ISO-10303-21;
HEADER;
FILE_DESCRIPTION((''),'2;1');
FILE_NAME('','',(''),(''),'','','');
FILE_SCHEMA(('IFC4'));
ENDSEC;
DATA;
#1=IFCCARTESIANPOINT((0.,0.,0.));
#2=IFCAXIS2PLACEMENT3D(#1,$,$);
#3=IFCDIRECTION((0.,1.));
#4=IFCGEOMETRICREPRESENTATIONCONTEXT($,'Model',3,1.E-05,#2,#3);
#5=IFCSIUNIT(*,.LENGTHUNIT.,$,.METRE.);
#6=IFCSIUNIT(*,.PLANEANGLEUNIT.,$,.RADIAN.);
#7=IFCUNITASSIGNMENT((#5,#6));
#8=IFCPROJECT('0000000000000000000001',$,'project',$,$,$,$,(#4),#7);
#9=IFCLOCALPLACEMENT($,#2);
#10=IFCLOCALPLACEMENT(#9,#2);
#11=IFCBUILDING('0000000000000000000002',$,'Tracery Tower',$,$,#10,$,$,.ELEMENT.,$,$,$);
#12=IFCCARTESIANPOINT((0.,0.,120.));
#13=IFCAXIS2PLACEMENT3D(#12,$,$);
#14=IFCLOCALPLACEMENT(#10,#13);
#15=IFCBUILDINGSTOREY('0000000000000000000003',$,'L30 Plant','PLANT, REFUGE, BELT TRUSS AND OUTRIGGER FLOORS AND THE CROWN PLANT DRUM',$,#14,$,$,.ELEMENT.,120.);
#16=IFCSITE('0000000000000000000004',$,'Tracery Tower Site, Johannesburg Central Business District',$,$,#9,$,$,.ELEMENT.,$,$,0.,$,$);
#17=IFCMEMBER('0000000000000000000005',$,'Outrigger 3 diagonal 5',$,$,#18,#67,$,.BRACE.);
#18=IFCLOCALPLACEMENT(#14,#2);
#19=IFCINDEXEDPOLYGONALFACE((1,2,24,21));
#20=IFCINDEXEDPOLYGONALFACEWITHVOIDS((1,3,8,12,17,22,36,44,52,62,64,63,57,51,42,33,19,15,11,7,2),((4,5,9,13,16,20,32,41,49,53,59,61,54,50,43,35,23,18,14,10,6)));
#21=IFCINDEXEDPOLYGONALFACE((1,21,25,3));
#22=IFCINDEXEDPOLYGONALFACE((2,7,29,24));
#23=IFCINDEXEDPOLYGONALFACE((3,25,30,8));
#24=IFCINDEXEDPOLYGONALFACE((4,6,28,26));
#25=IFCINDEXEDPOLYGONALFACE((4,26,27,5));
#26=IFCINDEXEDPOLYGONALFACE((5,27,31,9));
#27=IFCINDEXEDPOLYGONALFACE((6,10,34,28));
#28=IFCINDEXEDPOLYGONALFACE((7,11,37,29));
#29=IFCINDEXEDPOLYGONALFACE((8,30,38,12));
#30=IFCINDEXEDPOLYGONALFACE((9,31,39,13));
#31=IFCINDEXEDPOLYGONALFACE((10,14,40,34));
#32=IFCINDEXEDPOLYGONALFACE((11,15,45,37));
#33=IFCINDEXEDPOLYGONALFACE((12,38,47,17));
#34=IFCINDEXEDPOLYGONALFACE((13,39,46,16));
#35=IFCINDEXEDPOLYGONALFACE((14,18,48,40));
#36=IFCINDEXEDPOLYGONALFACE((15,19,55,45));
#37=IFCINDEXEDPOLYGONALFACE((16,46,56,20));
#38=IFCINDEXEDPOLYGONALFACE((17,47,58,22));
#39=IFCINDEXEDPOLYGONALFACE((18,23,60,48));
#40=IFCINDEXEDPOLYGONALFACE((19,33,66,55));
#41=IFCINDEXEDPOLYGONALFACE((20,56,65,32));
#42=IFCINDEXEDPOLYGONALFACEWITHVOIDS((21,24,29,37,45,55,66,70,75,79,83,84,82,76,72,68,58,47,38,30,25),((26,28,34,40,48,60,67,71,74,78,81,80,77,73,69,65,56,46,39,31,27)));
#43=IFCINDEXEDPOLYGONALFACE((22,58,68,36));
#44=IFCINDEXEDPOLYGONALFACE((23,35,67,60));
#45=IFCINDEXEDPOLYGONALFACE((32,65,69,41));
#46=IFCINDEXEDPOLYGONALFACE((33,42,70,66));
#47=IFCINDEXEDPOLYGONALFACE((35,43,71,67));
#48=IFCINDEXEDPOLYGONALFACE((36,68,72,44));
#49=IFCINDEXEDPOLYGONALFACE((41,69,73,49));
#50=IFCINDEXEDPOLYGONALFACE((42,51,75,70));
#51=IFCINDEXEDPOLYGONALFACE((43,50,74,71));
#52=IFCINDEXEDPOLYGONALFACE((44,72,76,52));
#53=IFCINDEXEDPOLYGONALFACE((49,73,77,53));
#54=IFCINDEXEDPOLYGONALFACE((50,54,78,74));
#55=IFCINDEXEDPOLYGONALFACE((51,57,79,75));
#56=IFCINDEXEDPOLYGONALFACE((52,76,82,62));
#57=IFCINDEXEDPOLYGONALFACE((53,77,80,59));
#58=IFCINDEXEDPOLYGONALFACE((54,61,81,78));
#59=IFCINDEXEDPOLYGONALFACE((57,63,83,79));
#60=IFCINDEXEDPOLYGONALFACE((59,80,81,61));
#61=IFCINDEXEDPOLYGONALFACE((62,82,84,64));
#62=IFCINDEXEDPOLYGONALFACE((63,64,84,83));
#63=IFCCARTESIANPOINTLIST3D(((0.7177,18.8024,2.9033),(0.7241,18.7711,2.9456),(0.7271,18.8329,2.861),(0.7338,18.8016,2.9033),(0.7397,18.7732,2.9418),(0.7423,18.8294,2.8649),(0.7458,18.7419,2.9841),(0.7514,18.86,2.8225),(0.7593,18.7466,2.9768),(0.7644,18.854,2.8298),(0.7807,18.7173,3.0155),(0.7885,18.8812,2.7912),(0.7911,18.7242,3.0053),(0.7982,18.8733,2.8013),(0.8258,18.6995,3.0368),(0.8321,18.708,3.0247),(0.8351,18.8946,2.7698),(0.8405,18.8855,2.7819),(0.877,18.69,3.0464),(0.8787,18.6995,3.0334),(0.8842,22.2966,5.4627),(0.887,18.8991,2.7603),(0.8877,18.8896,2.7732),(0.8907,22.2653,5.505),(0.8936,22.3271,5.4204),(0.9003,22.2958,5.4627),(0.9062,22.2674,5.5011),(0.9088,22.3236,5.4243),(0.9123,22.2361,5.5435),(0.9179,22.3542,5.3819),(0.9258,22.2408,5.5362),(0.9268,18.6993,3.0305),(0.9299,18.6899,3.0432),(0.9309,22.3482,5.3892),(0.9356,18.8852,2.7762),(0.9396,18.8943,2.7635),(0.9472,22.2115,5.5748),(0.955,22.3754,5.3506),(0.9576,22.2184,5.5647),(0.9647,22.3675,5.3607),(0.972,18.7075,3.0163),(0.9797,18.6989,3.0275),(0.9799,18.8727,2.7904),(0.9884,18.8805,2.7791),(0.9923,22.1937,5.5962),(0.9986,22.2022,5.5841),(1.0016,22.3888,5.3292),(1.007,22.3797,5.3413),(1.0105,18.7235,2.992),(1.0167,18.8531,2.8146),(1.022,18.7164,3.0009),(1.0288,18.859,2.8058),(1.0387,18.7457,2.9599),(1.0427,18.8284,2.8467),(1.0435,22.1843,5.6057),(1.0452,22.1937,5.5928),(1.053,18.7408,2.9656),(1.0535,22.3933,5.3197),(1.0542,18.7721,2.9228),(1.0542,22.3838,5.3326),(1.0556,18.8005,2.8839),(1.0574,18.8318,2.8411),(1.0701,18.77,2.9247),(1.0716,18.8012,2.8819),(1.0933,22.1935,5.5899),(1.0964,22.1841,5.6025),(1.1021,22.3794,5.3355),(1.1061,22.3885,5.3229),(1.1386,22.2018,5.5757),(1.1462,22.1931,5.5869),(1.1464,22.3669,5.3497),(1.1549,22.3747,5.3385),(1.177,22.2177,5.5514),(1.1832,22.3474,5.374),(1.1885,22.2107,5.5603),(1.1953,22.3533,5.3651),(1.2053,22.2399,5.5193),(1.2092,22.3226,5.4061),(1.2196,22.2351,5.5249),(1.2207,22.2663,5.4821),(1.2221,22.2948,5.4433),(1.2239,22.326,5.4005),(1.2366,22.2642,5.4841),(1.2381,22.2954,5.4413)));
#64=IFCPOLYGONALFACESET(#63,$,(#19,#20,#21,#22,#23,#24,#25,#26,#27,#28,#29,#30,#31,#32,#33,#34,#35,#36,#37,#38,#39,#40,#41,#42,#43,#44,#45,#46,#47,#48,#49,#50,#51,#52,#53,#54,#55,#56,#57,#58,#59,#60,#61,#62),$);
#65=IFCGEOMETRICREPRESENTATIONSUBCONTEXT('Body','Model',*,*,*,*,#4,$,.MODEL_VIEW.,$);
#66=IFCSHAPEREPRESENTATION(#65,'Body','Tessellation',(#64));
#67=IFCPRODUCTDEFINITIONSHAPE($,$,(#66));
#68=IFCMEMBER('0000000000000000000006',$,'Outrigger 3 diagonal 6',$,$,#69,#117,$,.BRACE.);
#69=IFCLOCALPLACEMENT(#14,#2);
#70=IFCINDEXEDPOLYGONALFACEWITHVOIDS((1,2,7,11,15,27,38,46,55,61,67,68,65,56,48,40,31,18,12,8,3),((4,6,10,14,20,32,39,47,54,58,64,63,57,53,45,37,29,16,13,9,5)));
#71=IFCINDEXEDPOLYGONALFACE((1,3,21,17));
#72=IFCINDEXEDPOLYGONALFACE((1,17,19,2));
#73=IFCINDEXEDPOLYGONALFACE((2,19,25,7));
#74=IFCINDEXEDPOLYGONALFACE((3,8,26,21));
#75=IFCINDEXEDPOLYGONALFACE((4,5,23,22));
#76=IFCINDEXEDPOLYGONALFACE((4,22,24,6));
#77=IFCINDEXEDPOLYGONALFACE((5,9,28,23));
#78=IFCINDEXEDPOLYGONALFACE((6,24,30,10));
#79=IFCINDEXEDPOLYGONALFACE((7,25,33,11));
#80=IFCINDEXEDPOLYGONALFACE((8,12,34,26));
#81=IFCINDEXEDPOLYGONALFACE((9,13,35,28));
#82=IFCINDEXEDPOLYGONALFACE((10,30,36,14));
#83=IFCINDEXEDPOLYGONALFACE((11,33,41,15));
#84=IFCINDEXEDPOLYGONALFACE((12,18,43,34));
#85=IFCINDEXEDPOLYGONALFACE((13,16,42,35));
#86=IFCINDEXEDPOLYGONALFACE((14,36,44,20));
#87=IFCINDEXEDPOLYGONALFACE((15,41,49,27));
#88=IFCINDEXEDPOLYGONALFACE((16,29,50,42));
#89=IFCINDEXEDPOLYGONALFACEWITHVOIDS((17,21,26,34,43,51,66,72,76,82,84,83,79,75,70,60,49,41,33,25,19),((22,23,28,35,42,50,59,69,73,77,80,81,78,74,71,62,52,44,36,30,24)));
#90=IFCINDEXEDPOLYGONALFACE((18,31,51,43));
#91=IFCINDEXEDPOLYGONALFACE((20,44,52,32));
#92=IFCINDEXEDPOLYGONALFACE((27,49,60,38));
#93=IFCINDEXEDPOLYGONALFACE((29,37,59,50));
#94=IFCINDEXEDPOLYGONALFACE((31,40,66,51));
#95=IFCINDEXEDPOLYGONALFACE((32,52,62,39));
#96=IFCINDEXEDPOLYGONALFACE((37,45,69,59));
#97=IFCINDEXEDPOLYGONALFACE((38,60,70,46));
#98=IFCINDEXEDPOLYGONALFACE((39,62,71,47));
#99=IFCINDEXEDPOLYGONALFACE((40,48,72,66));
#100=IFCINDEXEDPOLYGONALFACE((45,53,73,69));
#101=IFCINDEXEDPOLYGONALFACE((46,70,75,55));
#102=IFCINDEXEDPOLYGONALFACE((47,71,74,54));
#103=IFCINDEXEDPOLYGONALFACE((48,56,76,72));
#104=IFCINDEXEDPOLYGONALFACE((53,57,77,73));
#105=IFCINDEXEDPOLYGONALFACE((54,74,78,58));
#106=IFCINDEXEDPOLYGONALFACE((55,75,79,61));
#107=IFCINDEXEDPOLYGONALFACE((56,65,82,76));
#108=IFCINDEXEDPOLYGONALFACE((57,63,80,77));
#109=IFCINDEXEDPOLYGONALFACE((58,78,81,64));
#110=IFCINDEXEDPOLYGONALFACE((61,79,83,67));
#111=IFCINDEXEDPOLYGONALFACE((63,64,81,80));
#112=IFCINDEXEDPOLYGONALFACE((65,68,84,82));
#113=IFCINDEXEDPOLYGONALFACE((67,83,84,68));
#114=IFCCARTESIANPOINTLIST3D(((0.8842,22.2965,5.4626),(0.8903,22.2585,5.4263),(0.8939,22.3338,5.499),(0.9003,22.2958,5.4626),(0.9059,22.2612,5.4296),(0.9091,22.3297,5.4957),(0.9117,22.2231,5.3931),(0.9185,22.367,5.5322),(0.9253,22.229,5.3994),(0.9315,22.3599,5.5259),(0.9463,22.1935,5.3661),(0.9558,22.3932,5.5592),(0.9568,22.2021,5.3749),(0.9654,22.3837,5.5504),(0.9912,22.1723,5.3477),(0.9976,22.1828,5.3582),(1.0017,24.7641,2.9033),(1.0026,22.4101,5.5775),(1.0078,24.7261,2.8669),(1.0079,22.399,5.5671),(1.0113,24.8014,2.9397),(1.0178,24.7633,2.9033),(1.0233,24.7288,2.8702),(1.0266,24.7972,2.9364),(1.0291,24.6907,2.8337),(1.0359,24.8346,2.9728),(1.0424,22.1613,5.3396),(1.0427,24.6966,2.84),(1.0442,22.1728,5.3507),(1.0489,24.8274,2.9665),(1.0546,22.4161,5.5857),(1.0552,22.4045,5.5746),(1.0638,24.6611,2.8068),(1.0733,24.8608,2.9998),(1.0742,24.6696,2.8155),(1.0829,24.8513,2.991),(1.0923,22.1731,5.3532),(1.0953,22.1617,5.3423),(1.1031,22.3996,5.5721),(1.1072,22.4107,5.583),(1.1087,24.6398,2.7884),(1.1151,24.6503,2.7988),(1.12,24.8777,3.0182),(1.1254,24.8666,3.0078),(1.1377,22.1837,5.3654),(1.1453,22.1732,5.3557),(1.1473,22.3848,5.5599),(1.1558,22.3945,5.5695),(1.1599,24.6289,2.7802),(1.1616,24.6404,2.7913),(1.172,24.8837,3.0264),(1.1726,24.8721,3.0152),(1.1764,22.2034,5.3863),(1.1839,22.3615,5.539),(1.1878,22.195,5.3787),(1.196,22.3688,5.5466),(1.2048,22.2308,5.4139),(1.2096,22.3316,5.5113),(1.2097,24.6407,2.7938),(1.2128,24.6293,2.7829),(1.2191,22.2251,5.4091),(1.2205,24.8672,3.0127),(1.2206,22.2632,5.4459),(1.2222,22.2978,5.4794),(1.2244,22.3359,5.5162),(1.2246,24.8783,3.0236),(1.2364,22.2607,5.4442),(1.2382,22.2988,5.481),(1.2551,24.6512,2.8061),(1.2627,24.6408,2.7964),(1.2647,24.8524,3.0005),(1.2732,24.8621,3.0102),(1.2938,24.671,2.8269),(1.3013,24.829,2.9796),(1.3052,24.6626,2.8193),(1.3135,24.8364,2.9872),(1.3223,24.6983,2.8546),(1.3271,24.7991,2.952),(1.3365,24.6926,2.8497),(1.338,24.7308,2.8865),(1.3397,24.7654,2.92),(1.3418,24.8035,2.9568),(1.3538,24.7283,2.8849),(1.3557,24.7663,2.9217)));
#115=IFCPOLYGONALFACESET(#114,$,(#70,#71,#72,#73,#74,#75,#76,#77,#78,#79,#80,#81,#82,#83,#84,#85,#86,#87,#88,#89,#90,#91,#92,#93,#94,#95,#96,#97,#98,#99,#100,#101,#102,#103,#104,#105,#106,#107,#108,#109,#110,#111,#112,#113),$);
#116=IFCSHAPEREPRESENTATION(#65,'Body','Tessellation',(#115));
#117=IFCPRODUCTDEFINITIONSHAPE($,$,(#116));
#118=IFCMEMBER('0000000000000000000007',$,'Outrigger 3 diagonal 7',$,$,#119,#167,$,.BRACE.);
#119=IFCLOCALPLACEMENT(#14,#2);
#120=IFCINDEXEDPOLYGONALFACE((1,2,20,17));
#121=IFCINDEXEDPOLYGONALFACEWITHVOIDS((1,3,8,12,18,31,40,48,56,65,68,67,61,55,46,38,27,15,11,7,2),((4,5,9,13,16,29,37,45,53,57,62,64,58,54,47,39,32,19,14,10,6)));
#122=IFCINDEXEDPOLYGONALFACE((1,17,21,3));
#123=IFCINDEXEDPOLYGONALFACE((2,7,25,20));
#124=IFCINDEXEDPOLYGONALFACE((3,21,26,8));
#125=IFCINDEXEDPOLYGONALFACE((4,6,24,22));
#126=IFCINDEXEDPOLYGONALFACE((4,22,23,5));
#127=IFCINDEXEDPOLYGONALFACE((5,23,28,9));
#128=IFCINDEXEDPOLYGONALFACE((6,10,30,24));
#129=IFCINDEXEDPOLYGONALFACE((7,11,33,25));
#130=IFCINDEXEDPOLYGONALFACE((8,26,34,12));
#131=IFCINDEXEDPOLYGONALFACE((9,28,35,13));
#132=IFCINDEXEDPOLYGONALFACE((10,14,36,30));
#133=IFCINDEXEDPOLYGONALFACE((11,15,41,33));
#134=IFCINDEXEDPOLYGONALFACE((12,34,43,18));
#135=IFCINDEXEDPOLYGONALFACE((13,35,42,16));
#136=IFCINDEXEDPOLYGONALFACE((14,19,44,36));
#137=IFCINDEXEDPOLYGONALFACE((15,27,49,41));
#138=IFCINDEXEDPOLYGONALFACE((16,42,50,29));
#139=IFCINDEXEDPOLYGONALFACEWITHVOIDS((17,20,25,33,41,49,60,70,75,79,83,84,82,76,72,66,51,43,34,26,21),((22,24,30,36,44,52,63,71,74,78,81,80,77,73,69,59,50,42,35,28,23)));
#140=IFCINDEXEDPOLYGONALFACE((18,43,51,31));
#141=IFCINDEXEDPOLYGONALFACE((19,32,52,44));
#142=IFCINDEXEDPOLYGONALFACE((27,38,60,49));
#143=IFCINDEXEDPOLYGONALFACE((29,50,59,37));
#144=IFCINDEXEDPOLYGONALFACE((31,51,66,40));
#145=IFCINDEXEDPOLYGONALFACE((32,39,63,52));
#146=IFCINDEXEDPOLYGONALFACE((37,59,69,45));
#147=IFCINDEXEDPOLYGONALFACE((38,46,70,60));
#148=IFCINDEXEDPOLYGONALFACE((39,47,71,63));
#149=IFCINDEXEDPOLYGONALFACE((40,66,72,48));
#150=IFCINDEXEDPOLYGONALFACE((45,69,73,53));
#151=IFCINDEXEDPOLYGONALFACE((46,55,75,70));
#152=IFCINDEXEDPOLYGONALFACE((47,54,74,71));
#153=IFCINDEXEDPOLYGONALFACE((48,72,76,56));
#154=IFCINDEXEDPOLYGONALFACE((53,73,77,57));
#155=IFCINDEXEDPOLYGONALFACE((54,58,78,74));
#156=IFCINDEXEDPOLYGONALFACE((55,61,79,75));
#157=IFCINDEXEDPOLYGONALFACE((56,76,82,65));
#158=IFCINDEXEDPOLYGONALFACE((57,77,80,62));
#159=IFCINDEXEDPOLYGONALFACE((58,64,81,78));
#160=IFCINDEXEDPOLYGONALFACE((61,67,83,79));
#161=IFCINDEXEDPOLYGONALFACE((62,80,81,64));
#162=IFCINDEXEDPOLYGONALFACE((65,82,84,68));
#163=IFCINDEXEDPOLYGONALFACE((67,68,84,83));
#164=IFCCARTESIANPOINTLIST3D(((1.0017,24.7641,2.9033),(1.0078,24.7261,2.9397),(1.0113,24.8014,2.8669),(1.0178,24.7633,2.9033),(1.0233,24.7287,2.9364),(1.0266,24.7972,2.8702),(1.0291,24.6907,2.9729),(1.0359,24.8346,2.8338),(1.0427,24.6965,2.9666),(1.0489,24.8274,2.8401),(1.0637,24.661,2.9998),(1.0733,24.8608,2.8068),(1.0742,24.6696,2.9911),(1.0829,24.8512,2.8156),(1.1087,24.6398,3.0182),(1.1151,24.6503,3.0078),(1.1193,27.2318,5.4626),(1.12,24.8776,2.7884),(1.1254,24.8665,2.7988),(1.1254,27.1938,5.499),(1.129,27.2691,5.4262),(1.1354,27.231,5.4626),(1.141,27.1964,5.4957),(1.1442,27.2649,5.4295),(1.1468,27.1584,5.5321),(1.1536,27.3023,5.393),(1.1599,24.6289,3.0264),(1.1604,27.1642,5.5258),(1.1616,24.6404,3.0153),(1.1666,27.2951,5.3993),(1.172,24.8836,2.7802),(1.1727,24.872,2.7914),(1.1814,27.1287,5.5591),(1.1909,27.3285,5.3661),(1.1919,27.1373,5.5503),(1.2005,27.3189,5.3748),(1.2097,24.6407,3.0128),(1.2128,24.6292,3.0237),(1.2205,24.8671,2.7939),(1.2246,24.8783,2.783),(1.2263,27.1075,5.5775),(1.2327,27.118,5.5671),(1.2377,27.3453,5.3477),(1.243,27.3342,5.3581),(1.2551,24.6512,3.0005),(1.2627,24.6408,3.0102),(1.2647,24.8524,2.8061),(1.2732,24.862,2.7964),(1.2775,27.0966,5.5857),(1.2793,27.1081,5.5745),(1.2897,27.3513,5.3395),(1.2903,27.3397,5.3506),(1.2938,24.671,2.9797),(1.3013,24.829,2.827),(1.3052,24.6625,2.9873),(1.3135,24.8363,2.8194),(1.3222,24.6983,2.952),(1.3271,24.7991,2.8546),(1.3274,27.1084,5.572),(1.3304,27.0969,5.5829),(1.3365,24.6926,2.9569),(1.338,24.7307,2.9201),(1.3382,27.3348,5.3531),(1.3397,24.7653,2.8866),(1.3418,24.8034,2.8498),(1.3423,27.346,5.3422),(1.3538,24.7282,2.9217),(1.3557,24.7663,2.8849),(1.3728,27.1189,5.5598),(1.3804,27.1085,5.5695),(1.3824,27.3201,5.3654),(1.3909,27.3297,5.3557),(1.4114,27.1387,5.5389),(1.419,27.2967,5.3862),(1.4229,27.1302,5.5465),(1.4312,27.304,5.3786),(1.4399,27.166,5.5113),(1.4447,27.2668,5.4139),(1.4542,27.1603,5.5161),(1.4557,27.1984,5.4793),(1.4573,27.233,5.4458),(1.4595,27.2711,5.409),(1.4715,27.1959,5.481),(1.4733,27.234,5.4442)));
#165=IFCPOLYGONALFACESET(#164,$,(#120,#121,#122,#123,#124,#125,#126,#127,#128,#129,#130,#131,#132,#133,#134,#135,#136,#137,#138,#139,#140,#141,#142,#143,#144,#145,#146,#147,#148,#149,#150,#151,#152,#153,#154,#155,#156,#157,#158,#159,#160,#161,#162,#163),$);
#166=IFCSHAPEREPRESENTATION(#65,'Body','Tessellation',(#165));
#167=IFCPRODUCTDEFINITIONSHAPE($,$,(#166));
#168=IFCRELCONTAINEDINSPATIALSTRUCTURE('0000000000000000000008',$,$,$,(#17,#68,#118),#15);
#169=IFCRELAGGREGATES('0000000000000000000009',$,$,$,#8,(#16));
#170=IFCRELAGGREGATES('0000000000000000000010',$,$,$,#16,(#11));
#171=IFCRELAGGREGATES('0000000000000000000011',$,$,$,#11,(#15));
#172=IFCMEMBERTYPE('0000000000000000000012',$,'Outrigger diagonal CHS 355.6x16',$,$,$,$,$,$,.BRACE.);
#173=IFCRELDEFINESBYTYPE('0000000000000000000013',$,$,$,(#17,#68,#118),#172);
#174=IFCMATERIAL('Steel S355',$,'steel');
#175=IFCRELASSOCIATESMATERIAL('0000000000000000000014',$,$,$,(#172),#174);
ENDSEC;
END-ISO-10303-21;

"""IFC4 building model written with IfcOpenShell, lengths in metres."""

from ifc_helpers import new_model, si_unit, direction, frame, origin, origin_2d, place, context, subcontext, project, spatial, hollow_circle, extrude, material, material_profile, profile_set, type_object, element, save


model = new_model("IFC4")

# Units and contexts
model_context = context("Model", 3, precision=1e-05, world=origin(), true_north=direction((0.0, 1.0)))
body_context = subcontext(model_context, "Body", "Model", "MODEL_VIEW")
ifc_project = project(units=[si_unit("LENGTHUNIT", "METRE"), si_unit("PLANEANGLEUNIT", "RADIAN")], contexts=[model_context])

# Site, building, storey
site_placement = place(None, origin())
site = spatial("IfcSite", under=ifc_project, at=site_placement, Name="Tracery Tower Site, Johannesburg Central Business District", CompositionType="ELEMENT", RefElevation=0.0)
building_placement = place(site_placement, origin())
building = spatial("IfcBuilding", under=site, at=building_placement, Name="Tracery Tower", CompositionType="ELEMENT")
storey_placement = place(building_placement, frame((0.0, 0.0, 120.0)))
storey = spatial("IfcBuildingStorey", under=building, at=storey_placement, Name="L30 Plant", Description="PLANT, REFUGE, BELT TRUSS AND OUTRIGGER FLOORS AND THE CROWN PLANT DRUM", CompositionType="ELEMENT", Elevation=120.0)

# Members
ifc_material_1 = material(Name="Steel S355", Category="steel")
ifc_material_profile_1 = material_profile(ifc_material_1, hollow_circle(Radius=0.1777, WallThickness=0.0161, at=origin_2d()), Name="CHS 355.6x16")
ifc_profile_set_1 = profile_set([ifc_material_profile_1], Name="Steel S355")
member_type_1 = type_object("IfcMemberType", Name="Outrigger diagonal CHS 355.6x16", PredefinedType="BRACE", material=ifc_profile_set_1)
member_1_placement = place(storey_placement, frame((0.8953, 18.7939, 2.9033), z_axis=(0.038415, 0.806145, 0.59047), x_axis=(-0.998867, 0.047598, 0.0)))
element("IfcMember", 1, at=member_1_placement, inside=storey, type_object=member_type_1, Name="Outrigger 3 diagonal 5", PredefinedType="BRACE", context=body_context, shape_type="SweptSolid", body=[
    extrude(hollow_circle(Radius=0.1777, WallThickness=0.0161, at=origin_2d()), origin(), (0.0, 0.0, 1.0), 4.3345),
])
for number, where, z_axis, x_axis, name in (
    (2, (1.0618, 22.2881, 5.4626), (0.033014, 0.6937, -0.719507), (-0.998869, 0.047537, 0.0), "Outrigger 3 diagonal 6"),
    (3, (1.1792, 24.7556, 2.9033), (0.033081, 0.693734, 0.719471), (-0.998865, 0.047631, 0.0), "Outrigger 3 diagonal 7"),
):
    element("IfcMember", number, at=place(storey_placement, frame(where, z_axis=z_axis, x_axis=x_axis)), inside=storey, type_object=member_type_1, Name=name, PredefinedType="BRACE", context=body_context, shape_type="SweptSolid", body=[
        extrude(hollow_circle(Radius=0.1777, WallThickness=0.0161, at=origin_2d()), origin(), (0.0, 0.0, 1.0), 3.5571),
    ])

save(model, "model.ifc")
